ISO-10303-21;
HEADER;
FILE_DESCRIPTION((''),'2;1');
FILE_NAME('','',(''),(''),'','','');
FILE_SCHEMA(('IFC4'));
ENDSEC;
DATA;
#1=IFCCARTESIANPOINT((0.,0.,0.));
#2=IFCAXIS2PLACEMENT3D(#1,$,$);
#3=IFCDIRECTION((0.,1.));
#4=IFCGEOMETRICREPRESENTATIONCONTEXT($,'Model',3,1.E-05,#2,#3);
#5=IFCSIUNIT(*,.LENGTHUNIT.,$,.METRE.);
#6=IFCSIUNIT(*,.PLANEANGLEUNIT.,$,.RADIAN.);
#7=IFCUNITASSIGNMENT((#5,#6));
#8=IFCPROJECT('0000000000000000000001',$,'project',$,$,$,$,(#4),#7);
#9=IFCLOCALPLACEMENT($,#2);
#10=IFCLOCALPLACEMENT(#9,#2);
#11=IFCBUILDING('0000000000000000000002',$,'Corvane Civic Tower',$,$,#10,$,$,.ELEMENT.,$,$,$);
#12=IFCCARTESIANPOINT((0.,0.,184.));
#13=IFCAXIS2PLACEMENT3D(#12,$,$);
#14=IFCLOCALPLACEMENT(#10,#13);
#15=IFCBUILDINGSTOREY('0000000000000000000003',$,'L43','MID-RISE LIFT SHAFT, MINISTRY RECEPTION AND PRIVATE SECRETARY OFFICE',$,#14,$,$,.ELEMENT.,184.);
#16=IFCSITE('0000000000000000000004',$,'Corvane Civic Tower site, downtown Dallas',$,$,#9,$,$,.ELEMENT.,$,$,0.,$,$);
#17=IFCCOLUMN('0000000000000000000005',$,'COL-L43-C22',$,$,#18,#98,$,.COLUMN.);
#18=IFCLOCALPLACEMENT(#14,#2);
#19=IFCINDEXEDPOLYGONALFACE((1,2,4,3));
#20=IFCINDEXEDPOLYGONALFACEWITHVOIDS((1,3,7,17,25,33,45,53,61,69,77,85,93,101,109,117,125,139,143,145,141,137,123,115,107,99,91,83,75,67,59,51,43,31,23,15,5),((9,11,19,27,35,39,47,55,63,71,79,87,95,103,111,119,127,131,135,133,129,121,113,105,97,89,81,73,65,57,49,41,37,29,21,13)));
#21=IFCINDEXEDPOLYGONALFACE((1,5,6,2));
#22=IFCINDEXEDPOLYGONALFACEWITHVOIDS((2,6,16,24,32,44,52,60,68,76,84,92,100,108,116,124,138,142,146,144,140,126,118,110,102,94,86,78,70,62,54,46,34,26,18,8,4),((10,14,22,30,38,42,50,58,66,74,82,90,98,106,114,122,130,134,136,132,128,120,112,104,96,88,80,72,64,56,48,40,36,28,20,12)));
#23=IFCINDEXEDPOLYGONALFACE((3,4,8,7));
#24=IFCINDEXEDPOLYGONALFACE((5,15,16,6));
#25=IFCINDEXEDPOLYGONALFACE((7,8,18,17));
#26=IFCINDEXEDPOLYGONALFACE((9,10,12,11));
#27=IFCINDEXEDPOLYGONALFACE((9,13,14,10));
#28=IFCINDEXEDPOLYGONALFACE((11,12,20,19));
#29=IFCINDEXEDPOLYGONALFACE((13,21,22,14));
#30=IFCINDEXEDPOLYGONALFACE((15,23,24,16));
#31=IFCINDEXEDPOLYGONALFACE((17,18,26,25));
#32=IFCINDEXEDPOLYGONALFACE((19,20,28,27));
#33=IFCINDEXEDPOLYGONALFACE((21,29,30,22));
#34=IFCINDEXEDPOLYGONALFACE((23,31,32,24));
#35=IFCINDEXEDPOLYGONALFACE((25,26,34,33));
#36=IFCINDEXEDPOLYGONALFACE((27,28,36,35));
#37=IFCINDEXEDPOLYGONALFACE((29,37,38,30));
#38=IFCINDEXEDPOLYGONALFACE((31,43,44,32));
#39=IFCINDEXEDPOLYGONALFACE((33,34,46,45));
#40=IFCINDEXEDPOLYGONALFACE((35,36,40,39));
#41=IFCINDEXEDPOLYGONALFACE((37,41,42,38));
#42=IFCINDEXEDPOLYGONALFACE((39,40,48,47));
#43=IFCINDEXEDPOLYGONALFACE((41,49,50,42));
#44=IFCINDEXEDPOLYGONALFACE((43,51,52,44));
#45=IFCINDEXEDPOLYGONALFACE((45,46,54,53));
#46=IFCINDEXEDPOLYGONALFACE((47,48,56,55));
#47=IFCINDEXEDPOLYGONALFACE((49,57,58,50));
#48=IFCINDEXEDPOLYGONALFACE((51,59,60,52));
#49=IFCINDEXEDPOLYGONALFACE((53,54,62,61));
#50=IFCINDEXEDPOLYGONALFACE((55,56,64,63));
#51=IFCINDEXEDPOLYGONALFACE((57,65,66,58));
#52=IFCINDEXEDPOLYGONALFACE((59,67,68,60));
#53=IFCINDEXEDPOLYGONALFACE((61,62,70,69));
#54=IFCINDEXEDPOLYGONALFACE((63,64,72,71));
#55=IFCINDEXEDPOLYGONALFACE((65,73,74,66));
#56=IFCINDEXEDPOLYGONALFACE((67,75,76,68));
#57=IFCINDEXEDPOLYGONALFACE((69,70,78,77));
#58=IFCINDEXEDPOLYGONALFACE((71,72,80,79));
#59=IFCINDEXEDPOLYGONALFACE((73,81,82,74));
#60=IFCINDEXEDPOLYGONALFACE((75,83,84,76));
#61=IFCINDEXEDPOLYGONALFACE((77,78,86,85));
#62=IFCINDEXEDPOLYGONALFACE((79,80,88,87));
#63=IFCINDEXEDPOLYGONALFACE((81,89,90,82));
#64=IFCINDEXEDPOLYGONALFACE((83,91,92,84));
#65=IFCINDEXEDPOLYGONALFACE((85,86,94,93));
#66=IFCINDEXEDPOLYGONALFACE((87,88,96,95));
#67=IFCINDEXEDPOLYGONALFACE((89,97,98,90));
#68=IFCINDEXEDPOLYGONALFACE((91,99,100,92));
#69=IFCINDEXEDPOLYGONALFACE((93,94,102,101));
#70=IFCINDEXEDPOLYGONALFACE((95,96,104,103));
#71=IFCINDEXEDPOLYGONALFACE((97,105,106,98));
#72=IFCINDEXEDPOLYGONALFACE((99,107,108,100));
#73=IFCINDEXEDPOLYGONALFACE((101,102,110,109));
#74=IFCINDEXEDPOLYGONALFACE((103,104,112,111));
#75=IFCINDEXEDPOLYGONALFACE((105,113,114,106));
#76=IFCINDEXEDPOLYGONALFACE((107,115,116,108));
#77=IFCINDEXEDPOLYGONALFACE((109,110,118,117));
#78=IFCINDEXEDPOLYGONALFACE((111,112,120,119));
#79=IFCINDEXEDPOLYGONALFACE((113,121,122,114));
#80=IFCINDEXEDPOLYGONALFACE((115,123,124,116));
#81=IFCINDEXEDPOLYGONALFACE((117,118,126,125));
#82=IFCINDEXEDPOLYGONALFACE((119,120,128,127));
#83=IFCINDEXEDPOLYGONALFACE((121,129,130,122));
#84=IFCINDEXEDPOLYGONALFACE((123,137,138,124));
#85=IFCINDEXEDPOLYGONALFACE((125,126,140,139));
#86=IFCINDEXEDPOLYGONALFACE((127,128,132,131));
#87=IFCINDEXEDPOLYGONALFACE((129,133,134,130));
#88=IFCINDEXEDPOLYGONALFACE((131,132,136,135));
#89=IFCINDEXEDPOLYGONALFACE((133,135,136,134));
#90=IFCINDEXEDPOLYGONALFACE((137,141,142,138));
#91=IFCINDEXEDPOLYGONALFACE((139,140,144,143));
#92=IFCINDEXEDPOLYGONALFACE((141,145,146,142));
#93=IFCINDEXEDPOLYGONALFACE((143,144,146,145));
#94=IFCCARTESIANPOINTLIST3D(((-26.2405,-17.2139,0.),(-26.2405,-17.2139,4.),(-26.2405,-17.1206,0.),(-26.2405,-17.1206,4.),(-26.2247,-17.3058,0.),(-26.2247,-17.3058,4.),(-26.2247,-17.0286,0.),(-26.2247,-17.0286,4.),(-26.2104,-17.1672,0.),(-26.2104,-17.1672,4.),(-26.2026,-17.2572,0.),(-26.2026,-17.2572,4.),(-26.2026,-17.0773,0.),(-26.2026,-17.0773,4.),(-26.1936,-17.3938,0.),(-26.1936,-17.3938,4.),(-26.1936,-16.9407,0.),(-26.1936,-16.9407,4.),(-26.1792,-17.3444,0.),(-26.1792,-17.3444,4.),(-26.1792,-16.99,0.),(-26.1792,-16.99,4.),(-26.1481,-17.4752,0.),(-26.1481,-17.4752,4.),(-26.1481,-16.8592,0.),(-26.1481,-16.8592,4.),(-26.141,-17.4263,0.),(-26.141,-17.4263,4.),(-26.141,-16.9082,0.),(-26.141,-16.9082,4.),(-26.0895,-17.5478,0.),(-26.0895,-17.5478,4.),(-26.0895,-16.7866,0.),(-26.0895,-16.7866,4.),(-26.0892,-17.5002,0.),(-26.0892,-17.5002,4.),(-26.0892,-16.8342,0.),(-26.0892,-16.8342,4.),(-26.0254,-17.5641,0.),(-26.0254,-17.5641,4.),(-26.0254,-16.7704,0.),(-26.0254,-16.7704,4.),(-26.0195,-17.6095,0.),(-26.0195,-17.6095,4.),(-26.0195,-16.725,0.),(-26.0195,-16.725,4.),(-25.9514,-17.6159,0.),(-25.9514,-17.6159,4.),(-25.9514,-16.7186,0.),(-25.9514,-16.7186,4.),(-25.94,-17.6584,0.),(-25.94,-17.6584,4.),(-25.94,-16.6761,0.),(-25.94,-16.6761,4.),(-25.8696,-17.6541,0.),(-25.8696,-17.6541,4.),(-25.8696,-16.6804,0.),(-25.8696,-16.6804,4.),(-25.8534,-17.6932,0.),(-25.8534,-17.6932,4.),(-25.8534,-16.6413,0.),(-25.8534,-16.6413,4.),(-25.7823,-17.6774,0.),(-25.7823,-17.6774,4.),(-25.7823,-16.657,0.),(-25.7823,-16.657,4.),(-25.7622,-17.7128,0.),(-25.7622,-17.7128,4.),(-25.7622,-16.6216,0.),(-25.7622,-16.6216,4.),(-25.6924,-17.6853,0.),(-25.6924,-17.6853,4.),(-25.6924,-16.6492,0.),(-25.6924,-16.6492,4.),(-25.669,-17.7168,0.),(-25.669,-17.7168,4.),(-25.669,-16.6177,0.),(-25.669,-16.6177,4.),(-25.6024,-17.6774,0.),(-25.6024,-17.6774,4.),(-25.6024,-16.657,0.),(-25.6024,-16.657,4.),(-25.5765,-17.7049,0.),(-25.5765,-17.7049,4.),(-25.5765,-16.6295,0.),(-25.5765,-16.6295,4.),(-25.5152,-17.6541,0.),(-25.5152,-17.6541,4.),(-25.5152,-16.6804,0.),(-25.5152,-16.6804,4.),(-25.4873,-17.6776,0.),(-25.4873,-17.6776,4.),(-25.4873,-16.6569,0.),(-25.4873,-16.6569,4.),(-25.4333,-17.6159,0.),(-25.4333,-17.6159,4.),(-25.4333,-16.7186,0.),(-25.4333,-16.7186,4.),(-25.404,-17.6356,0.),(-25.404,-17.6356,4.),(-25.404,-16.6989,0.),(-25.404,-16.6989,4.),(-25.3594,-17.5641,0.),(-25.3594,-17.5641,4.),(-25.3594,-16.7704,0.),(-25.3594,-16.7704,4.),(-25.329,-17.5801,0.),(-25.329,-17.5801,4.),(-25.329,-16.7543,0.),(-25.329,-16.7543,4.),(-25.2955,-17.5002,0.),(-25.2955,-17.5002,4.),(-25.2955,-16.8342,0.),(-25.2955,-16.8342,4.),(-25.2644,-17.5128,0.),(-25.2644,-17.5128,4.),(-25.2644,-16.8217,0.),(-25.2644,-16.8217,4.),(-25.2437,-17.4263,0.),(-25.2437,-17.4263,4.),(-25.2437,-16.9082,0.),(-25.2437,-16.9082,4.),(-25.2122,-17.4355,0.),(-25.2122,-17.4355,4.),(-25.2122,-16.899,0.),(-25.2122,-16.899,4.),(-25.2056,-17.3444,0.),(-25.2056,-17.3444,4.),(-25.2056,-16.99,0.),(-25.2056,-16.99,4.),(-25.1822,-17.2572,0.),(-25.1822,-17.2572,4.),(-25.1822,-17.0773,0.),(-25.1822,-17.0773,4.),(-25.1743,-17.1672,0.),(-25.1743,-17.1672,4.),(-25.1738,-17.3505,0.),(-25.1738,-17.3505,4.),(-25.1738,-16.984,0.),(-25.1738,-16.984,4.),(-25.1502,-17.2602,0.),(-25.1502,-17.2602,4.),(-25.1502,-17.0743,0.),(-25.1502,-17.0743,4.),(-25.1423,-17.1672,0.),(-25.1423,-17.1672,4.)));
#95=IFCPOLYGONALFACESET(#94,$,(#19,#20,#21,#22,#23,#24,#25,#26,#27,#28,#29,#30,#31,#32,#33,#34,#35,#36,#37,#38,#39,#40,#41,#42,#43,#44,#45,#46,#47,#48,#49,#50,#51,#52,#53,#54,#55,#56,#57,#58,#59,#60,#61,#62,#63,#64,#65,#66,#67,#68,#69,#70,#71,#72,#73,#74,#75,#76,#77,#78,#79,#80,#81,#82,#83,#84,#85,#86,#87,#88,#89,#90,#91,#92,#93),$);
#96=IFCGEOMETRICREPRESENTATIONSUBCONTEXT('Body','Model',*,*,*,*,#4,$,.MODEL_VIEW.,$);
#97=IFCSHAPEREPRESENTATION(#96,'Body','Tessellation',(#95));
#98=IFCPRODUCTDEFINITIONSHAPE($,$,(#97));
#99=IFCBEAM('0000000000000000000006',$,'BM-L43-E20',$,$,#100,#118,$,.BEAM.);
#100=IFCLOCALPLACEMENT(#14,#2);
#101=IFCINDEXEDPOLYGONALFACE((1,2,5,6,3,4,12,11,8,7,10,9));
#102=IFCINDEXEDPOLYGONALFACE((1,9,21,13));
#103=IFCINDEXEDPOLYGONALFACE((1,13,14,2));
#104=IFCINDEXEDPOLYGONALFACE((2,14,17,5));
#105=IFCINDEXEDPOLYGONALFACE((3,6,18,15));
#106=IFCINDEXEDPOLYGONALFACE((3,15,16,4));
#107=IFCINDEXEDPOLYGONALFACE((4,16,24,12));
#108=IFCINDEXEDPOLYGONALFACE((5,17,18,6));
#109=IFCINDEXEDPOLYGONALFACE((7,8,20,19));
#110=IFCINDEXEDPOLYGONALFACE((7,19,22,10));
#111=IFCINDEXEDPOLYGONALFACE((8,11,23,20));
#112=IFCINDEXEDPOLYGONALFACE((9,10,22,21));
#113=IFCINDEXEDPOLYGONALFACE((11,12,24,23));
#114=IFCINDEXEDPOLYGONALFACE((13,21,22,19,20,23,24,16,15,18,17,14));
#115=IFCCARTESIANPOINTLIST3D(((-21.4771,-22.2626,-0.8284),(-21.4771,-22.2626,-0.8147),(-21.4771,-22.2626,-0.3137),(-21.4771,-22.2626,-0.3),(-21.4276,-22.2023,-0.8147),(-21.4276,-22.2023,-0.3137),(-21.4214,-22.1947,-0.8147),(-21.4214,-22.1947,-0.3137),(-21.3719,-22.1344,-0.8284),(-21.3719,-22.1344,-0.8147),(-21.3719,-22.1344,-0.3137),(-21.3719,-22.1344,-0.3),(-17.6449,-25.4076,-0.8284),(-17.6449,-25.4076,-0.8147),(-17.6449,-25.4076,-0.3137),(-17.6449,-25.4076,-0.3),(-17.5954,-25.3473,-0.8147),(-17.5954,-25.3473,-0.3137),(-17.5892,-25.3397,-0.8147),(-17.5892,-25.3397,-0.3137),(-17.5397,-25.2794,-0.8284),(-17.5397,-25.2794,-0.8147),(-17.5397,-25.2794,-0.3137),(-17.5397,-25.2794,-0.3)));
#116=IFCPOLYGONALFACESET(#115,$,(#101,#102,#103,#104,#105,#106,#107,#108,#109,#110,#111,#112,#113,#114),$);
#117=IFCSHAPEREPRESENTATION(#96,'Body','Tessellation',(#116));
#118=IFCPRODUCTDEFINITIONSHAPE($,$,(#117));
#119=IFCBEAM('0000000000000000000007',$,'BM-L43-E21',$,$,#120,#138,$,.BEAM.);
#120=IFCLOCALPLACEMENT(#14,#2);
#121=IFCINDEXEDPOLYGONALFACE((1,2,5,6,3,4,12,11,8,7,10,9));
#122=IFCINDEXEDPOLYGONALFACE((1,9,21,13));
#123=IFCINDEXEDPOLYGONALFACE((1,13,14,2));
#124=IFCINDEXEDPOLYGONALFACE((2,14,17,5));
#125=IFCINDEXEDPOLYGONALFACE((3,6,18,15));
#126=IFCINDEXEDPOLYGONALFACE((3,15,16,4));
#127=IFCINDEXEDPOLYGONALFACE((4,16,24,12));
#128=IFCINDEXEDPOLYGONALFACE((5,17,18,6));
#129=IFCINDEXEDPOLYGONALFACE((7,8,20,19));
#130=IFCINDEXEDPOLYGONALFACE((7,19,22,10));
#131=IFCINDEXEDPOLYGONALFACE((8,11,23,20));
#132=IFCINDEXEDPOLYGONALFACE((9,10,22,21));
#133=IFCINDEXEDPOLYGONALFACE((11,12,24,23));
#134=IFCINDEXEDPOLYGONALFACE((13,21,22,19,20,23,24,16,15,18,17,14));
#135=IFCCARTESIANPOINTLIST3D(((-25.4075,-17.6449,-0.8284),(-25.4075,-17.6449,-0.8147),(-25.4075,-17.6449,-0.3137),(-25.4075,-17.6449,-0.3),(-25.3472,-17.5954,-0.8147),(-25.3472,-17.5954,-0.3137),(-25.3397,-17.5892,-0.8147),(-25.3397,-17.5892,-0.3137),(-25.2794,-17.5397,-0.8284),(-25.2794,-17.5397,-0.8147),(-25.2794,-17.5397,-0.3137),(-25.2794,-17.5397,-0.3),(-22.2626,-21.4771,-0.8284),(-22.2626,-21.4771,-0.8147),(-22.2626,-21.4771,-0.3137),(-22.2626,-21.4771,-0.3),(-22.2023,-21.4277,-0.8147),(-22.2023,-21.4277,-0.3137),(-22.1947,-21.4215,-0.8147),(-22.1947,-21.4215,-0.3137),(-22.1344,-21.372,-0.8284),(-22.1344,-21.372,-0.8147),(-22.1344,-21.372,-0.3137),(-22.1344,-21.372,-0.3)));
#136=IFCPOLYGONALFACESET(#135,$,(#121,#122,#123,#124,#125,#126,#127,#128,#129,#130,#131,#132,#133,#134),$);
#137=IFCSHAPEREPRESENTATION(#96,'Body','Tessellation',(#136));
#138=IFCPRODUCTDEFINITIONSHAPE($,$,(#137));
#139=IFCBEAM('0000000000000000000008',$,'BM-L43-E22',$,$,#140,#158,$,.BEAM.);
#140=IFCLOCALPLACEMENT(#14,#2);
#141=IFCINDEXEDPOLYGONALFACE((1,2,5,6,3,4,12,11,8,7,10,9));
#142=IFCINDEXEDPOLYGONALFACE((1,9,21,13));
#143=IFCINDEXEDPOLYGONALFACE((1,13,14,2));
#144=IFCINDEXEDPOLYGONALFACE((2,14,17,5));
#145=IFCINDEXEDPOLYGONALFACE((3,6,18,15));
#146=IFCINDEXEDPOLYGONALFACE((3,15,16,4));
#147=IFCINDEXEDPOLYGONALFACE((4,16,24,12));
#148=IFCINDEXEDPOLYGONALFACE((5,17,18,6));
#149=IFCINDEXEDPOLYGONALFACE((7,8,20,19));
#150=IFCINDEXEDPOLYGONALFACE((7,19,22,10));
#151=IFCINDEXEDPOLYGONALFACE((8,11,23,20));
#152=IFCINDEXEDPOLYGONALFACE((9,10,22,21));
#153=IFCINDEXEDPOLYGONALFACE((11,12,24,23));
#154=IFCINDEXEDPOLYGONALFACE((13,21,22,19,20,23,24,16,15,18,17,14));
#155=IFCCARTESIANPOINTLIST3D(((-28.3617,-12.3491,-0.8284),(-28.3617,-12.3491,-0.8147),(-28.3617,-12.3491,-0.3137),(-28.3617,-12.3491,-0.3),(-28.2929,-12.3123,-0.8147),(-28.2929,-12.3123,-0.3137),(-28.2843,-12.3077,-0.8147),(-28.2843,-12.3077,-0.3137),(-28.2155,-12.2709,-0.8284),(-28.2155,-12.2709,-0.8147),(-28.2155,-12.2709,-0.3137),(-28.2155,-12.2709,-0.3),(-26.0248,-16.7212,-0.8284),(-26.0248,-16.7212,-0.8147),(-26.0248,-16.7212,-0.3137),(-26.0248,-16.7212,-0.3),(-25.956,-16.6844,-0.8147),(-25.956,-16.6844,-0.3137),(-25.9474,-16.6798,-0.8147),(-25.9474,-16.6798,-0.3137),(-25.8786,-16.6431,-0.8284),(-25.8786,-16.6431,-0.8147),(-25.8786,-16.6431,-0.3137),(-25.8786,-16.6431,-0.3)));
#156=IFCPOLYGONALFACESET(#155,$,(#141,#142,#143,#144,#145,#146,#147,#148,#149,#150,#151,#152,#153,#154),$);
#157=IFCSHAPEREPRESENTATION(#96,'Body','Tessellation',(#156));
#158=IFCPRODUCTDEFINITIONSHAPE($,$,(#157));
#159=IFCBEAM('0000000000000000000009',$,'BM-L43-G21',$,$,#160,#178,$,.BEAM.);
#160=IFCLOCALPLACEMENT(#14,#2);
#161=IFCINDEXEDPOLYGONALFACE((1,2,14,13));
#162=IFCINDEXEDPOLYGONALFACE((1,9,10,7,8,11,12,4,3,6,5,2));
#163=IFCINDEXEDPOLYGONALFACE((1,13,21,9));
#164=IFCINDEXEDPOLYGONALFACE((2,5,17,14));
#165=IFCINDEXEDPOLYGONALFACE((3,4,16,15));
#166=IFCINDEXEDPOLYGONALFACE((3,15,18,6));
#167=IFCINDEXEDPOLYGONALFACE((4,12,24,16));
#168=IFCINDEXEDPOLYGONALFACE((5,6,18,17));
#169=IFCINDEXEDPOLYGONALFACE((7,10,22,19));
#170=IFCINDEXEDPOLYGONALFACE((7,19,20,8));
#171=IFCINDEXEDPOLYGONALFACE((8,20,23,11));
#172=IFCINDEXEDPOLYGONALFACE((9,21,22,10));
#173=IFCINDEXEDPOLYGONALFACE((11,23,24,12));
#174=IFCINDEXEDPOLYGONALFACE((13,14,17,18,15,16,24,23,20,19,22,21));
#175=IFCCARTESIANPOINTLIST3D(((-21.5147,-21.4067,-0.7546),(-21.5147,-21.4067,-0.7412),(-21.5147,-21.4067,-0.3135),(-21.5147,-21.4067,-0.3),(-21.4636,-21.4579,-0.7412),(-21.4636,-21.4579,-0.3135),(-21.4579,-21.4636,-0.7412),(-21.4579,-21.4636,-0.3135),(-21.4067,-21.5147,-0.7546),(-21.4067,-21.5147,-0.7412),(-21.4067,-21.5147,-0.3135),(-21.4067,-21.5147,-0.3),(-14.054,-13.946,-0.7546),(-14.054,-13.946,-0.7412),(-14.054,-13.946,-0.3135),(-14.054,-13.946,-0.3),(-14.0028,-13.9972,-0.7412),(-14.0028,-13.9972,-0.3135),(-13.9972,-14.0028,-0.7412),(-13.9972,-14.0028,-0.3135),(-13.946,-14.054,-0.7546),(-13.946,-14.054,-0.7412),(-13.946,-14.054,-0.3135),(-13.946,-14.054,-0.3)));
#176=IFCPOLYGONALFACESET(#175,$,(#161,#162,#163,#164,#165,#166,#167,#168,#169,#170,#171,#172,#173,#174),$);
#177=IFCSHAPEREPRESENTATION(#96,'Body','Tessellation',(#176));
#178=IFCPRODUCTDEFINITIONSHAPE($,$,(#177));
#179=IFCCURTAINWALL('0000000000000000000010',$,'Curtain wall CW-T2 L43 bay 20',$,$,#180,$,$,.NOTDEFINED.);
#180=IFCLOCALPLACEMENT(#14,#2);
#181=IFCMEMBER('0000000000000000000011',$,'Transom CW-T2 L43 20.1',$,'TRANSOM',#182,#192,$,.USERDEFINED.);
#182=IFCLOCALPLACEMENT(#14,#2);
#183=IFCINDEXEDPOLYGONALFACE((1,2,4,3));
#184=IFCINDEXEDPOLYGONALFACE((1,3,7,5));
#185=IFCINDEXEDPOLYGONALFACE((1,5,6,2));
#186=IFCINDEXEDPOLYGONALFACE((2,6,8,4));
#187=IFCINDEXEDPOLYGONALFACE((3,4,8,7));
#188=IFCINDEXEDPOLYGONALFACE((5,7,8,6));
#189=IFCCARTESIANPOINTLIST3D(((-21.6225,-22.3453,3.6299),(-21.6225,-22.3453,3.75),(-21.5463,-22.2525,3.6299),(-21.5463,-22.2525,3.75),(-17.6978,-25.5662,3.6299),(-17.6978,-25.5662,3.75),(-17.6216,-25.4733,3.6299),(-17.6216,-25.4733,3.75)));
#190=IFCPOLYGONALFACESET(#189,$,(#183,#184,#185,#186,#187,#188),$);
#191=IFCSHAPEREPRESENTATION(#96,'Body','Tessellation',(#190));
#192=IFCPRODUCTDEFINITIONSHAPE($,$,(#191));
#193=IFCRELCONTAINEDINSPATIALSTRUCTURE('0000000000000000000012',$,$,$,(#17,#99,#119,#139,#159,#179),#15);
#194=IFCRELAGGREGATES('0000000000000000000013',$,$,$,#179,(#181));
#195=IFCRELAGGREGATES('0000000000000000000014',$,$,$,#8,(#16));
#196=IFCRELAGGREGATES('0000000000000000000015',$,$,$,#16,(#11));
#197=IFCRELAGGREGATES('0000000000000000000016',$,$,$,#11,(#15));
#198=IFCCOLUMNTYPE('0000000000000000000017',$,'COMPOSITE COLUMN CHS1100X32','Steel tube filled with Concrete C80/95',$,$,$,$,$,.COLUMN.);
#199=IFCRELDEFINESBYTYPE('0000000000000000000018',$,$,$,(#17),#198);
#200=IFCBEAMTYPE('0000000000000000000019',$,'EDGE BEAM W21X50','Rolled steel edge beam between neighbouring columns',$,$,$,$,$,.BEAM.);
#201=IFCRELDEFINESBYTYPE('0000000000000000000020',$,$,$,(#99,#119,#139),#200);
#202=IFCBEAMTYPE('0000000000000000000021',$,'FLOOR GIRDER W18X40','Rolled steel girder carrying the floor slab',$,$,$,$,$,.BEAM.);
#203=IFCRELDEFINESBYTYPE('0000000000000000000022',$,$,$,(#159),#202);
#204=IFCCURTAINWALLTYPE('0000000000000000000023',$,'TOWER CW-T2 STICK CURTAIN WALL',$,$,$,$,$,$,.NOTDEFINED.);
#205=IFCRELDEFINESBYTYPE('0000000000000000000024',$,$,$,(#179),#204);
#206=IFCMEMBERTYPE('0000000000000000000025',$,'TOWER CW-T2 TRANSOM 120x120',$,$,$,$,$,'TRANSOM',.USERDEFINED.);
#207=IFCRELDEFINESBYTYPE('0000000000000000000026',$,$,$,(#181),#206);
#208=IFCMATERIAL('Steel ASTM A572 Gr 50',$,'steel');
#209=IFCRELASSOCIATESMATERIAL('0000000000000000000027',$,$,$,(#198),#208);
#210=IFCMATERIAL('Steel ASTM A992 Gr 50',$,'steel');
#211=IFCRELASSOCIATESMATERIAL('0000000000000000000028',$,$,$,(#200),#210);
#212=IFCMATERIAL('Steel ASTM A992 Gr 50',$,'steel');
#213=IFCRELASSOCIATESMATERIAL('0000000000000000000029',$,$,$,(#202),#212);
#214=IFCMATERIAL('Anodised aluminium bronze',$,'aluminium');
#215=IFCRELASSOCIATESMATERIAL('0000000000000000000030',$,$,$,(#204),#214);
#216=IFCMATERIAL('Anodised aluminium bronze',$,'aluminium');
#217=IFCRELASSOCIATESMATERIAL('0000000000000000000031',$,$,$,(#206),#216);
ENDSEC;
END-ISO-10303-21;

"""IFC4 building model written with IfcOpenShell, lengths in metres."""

from ifc_helpers import new_model, si_unit, direction, frame, origin, origin_2d, place, context, subcontext, project, spatial, rectangle, hollow_circle, i_section, extrude, material, material_profile, profile_set, type_object, element, aggregate, save


model = new_model("IFC4")

# Units and contexts
model_context = context("Model", 3, precision=1e-05, world=origin(), true_north=direction((0.0, 1.0)))
body_context = subcontext(model_context, "Body", "Model", "MODEL_VIEW")
ifc_project = project(units=[si_unit("LENGTHUNIT", "METRE"), si_unit("PLANEANGLEUNIT", "RADIAN")], contexts=[model_context])

# Site, building, storey
site_placement = place(None, origin())
site = spatial("IfcSite", under=ifc_project, at=site_placement, Name="Corvane Civic Tower site, downtown Dallas", CompositionType="ELEMENT", RefElevation=0.0)
building_placement = place(site_placement, origin())
building = spatial("IfcBuilding", under=site, at=building_placement, Name="Corvane Civic Tower", CompositionType="ELEMENT")
storey_placement = place(building_placement, frame((0.0, 0.0, 184.0)))
storey = spatial("IfcBuildingStorey", under=building, at=storey_placement, Name="L43", Description="MID-RISE LIFT SHAFT, MINISTRY RECEPTION AND PRIVATE SECRETARY OFFICE", CompositionType="ELEMENT", Elevation=184.0)

# Column
ifc_material_1 = material(Name="Steel ASTM A572 Gr 50", Category="steel")
ifc_material_profile_1 = material_profile(ifc_material_1, hollow_circle(Radius=0.55, WallThickness=0.032, at=origin_2d()), Name="CHS1100X32")
ifc_profile_set_1 = profile_set([ifc_material_profile_1], Name="Steel ASTM A572 Gr 50")
column_type = type_object("IfcColumnType", Name="COMPOSITE COLUMN CHS1100X32", Description="Steel tube filled with Concrete C80/95", PredefinedType="COLUMN", material=ifc_profile_set_1)
for number, where, z_axis, x_axis, name in (
    (1, (-25.6924, -17.1672, 0.0), (0.0, 0.0, 1.0), (1.0, 0.0, 0.0), "COL-L43-C22"),
):
    element("IfcColumn", number, at=place(storey_placement, frame(where, z_axis=z_axis, x_axis=x_axis)), inside=storey, type_object=column_type, Name=name, PredefinedType="COLUMN", context=body_context, shape_type="SweptSolid", body=[
        extrude(hollow_circle(Radius=0.55, WallThickness=0.032, at=origin_2d()), origin(), (0.0, 0.0, 1.0), 4.0),
    ])

# Beams
ifc_material_2 = material(Name="Steel ASTM A992 Gr 50", Category="steel")
ifc_material_profile_2 = material_profile(ifc_material_2, i_section(OverallWidth=0.1658, OverallDepth=0.5283, WebThickness=0.0098, FlangeThickness=0.0137, at=origin_2d()), Name="W21X50")
ifc_profile_set_2 = profile_set([ifc_material_profile_2], Name="Steel ASTM A992 Gr 50")
beam_type_1 = type_object("IfcBeamType", Name="EDGE BEAM W21X50", Description="Rolled steel edge beam between neighbouring columns", PredefinedType="BEAM", material=ifc_profile_set_2)
for number, where, z_axis, x_axis, name in (
    (2, (-17.5923, -25.3435, -0.5642), (-0.773015, 0.634388, 0.0), (-0.634388, -0.773015, 0.0), "BM-L43-E20"),
    (3, (-22.1985, -21.4246, -0.5642), (-0.634388, 0.773015, 0.0), (-0.773015, -0.634388, 0.0), "BM-L43-E21"),
    (4, (-25.9517, -16.6821, -0.5642), (-0.471396, 0.881922, 0.0), (-0.881922, -0.471396, 0.0), "BM-L43-E22"),
):
    element("IfcBeam", number, at=place(storey_placement, frame(where, z_axis=z_axis, x_axis=x_axis)), inside=storey, type_object=beam_type_1, Name=name, PredefinedType="BEAM", context=body_context, shape_type="SweptSolid", body=[
        extrude(i_section(OverallWidth=0.1658, OverallDepth=0.5283, WebThickness=0.0098, FlangeThickness=0.0137, at=origin_2d()), origin(), (0.0, 0.0, 1.0), 4.9575),
    ])
ifc_material_3 = material(Name="Steel ASTM A992 Gr 50", Category="steel")
ifc_material_profile_3 = material_profile(ifc_material_3, i_section(OverallWidth=0.1528, OverallDepth=0.4546, WebThickness=0.0081, FlangeThickness=0.0134, at=origin_2d()), Name="W18X40")
ifc_profile_set_3 = profile_set([ifc_material_profile_3], Name="Steel ASTM A992 Gr 50")
beam_type_2 = type_object("IfcBeamType", Name="FLOOR GIRDER W18X40", Description="Rolled steel girder carrying the floor slab", PredefinedType="BEAM", material=ifc_profile_set_3)
beam_placement = place(storey_placement, frame((-14.0, -14.0, -0.5273), z_axis=(-0.707107, -0.707107, 0.0), x_axis=(0.707107, -0.707107, 0.0)))
element("IfcBeam", 5, at=beam_placement, inside=storey, type_object=beam_type_2, Name="BM-L43-G21", PredefinedType="BEAM", context=body_context, shape_type="SweptSolid", body=[
    extrude(i_section(OverallWidth=0.1528, OverallDepth=0.4546, WebThickness=0.0081, FlangeThickness=0.0134, at=origin_2d()), origin(), (0.0, 0.0, 1.0), 10.551),
])

# Curtain wall, member
ifc_material_4 = material(Name="Anodised aluminium bronze", Category="aluminium")
curtain_wall_type = type_object("IfcCurtainWallType", Name="TOWER CW-T2 STICK CURTAIN WALL", PredefinedType="NOTDEFINED", material=ifc_material_4)
curtain_wall_1_placement = place(storey_placement, origin())
curtain_wall_1 = element("IfcCurtainWall", 6, at=curtain_wall_1_placement, inside=storey, type_object=curtain_wall_type, Name="Curtain wall CW-T2 L43 bay 20", PredefinedType="NOTDEFINED")
ifc_material_5 = material(Name="Anodised aluminium bronze", Category="aluminium")
ifc_material_profile_4 = material_profile(ifc_material_5, rectangle(XDim=0.1201, YDim=0.1201, at=origin_2d()), Name="TOWER CW-T2 TRANSOM 120x120")
ifc_profile_set_4 = profile_set([ifc_material_profile_4], Name="Anodised aluminium bronze")
member_type = type_object("IfcMemberType", Name="TOWER CW-T2 TRANSOM 120x120", ElementType="TRANSOM", PredefinedType="USERDEFINED", material=ifc_profile_set_4)
member_1_placement = place(storey_placement, frame((-17.6597, -25.5198, 3.6899), z_axis=(-0.773016, 0.634387, 0.0), x_axis=(-0.634387, -0.773016, 0.0)))
member_1 = element("IfcMember", 7, at=member_1_placement, type_object=member_type, Name="Transom CW-T2 L43 20.1", ObjectType="TRANSOM", PredefinedType="USERDEFINED", context=body_context, shape_type="SweptSolid", body=[
    extrude(rectangle(XDim=0.1201, YDim=0.1201, at=origin_2d()), origin(), (0.0, 0.0, 1.0), 5.0771),
])

aggregate(curtain_wall_1, [member_1])

save(model, "model.ifc")
